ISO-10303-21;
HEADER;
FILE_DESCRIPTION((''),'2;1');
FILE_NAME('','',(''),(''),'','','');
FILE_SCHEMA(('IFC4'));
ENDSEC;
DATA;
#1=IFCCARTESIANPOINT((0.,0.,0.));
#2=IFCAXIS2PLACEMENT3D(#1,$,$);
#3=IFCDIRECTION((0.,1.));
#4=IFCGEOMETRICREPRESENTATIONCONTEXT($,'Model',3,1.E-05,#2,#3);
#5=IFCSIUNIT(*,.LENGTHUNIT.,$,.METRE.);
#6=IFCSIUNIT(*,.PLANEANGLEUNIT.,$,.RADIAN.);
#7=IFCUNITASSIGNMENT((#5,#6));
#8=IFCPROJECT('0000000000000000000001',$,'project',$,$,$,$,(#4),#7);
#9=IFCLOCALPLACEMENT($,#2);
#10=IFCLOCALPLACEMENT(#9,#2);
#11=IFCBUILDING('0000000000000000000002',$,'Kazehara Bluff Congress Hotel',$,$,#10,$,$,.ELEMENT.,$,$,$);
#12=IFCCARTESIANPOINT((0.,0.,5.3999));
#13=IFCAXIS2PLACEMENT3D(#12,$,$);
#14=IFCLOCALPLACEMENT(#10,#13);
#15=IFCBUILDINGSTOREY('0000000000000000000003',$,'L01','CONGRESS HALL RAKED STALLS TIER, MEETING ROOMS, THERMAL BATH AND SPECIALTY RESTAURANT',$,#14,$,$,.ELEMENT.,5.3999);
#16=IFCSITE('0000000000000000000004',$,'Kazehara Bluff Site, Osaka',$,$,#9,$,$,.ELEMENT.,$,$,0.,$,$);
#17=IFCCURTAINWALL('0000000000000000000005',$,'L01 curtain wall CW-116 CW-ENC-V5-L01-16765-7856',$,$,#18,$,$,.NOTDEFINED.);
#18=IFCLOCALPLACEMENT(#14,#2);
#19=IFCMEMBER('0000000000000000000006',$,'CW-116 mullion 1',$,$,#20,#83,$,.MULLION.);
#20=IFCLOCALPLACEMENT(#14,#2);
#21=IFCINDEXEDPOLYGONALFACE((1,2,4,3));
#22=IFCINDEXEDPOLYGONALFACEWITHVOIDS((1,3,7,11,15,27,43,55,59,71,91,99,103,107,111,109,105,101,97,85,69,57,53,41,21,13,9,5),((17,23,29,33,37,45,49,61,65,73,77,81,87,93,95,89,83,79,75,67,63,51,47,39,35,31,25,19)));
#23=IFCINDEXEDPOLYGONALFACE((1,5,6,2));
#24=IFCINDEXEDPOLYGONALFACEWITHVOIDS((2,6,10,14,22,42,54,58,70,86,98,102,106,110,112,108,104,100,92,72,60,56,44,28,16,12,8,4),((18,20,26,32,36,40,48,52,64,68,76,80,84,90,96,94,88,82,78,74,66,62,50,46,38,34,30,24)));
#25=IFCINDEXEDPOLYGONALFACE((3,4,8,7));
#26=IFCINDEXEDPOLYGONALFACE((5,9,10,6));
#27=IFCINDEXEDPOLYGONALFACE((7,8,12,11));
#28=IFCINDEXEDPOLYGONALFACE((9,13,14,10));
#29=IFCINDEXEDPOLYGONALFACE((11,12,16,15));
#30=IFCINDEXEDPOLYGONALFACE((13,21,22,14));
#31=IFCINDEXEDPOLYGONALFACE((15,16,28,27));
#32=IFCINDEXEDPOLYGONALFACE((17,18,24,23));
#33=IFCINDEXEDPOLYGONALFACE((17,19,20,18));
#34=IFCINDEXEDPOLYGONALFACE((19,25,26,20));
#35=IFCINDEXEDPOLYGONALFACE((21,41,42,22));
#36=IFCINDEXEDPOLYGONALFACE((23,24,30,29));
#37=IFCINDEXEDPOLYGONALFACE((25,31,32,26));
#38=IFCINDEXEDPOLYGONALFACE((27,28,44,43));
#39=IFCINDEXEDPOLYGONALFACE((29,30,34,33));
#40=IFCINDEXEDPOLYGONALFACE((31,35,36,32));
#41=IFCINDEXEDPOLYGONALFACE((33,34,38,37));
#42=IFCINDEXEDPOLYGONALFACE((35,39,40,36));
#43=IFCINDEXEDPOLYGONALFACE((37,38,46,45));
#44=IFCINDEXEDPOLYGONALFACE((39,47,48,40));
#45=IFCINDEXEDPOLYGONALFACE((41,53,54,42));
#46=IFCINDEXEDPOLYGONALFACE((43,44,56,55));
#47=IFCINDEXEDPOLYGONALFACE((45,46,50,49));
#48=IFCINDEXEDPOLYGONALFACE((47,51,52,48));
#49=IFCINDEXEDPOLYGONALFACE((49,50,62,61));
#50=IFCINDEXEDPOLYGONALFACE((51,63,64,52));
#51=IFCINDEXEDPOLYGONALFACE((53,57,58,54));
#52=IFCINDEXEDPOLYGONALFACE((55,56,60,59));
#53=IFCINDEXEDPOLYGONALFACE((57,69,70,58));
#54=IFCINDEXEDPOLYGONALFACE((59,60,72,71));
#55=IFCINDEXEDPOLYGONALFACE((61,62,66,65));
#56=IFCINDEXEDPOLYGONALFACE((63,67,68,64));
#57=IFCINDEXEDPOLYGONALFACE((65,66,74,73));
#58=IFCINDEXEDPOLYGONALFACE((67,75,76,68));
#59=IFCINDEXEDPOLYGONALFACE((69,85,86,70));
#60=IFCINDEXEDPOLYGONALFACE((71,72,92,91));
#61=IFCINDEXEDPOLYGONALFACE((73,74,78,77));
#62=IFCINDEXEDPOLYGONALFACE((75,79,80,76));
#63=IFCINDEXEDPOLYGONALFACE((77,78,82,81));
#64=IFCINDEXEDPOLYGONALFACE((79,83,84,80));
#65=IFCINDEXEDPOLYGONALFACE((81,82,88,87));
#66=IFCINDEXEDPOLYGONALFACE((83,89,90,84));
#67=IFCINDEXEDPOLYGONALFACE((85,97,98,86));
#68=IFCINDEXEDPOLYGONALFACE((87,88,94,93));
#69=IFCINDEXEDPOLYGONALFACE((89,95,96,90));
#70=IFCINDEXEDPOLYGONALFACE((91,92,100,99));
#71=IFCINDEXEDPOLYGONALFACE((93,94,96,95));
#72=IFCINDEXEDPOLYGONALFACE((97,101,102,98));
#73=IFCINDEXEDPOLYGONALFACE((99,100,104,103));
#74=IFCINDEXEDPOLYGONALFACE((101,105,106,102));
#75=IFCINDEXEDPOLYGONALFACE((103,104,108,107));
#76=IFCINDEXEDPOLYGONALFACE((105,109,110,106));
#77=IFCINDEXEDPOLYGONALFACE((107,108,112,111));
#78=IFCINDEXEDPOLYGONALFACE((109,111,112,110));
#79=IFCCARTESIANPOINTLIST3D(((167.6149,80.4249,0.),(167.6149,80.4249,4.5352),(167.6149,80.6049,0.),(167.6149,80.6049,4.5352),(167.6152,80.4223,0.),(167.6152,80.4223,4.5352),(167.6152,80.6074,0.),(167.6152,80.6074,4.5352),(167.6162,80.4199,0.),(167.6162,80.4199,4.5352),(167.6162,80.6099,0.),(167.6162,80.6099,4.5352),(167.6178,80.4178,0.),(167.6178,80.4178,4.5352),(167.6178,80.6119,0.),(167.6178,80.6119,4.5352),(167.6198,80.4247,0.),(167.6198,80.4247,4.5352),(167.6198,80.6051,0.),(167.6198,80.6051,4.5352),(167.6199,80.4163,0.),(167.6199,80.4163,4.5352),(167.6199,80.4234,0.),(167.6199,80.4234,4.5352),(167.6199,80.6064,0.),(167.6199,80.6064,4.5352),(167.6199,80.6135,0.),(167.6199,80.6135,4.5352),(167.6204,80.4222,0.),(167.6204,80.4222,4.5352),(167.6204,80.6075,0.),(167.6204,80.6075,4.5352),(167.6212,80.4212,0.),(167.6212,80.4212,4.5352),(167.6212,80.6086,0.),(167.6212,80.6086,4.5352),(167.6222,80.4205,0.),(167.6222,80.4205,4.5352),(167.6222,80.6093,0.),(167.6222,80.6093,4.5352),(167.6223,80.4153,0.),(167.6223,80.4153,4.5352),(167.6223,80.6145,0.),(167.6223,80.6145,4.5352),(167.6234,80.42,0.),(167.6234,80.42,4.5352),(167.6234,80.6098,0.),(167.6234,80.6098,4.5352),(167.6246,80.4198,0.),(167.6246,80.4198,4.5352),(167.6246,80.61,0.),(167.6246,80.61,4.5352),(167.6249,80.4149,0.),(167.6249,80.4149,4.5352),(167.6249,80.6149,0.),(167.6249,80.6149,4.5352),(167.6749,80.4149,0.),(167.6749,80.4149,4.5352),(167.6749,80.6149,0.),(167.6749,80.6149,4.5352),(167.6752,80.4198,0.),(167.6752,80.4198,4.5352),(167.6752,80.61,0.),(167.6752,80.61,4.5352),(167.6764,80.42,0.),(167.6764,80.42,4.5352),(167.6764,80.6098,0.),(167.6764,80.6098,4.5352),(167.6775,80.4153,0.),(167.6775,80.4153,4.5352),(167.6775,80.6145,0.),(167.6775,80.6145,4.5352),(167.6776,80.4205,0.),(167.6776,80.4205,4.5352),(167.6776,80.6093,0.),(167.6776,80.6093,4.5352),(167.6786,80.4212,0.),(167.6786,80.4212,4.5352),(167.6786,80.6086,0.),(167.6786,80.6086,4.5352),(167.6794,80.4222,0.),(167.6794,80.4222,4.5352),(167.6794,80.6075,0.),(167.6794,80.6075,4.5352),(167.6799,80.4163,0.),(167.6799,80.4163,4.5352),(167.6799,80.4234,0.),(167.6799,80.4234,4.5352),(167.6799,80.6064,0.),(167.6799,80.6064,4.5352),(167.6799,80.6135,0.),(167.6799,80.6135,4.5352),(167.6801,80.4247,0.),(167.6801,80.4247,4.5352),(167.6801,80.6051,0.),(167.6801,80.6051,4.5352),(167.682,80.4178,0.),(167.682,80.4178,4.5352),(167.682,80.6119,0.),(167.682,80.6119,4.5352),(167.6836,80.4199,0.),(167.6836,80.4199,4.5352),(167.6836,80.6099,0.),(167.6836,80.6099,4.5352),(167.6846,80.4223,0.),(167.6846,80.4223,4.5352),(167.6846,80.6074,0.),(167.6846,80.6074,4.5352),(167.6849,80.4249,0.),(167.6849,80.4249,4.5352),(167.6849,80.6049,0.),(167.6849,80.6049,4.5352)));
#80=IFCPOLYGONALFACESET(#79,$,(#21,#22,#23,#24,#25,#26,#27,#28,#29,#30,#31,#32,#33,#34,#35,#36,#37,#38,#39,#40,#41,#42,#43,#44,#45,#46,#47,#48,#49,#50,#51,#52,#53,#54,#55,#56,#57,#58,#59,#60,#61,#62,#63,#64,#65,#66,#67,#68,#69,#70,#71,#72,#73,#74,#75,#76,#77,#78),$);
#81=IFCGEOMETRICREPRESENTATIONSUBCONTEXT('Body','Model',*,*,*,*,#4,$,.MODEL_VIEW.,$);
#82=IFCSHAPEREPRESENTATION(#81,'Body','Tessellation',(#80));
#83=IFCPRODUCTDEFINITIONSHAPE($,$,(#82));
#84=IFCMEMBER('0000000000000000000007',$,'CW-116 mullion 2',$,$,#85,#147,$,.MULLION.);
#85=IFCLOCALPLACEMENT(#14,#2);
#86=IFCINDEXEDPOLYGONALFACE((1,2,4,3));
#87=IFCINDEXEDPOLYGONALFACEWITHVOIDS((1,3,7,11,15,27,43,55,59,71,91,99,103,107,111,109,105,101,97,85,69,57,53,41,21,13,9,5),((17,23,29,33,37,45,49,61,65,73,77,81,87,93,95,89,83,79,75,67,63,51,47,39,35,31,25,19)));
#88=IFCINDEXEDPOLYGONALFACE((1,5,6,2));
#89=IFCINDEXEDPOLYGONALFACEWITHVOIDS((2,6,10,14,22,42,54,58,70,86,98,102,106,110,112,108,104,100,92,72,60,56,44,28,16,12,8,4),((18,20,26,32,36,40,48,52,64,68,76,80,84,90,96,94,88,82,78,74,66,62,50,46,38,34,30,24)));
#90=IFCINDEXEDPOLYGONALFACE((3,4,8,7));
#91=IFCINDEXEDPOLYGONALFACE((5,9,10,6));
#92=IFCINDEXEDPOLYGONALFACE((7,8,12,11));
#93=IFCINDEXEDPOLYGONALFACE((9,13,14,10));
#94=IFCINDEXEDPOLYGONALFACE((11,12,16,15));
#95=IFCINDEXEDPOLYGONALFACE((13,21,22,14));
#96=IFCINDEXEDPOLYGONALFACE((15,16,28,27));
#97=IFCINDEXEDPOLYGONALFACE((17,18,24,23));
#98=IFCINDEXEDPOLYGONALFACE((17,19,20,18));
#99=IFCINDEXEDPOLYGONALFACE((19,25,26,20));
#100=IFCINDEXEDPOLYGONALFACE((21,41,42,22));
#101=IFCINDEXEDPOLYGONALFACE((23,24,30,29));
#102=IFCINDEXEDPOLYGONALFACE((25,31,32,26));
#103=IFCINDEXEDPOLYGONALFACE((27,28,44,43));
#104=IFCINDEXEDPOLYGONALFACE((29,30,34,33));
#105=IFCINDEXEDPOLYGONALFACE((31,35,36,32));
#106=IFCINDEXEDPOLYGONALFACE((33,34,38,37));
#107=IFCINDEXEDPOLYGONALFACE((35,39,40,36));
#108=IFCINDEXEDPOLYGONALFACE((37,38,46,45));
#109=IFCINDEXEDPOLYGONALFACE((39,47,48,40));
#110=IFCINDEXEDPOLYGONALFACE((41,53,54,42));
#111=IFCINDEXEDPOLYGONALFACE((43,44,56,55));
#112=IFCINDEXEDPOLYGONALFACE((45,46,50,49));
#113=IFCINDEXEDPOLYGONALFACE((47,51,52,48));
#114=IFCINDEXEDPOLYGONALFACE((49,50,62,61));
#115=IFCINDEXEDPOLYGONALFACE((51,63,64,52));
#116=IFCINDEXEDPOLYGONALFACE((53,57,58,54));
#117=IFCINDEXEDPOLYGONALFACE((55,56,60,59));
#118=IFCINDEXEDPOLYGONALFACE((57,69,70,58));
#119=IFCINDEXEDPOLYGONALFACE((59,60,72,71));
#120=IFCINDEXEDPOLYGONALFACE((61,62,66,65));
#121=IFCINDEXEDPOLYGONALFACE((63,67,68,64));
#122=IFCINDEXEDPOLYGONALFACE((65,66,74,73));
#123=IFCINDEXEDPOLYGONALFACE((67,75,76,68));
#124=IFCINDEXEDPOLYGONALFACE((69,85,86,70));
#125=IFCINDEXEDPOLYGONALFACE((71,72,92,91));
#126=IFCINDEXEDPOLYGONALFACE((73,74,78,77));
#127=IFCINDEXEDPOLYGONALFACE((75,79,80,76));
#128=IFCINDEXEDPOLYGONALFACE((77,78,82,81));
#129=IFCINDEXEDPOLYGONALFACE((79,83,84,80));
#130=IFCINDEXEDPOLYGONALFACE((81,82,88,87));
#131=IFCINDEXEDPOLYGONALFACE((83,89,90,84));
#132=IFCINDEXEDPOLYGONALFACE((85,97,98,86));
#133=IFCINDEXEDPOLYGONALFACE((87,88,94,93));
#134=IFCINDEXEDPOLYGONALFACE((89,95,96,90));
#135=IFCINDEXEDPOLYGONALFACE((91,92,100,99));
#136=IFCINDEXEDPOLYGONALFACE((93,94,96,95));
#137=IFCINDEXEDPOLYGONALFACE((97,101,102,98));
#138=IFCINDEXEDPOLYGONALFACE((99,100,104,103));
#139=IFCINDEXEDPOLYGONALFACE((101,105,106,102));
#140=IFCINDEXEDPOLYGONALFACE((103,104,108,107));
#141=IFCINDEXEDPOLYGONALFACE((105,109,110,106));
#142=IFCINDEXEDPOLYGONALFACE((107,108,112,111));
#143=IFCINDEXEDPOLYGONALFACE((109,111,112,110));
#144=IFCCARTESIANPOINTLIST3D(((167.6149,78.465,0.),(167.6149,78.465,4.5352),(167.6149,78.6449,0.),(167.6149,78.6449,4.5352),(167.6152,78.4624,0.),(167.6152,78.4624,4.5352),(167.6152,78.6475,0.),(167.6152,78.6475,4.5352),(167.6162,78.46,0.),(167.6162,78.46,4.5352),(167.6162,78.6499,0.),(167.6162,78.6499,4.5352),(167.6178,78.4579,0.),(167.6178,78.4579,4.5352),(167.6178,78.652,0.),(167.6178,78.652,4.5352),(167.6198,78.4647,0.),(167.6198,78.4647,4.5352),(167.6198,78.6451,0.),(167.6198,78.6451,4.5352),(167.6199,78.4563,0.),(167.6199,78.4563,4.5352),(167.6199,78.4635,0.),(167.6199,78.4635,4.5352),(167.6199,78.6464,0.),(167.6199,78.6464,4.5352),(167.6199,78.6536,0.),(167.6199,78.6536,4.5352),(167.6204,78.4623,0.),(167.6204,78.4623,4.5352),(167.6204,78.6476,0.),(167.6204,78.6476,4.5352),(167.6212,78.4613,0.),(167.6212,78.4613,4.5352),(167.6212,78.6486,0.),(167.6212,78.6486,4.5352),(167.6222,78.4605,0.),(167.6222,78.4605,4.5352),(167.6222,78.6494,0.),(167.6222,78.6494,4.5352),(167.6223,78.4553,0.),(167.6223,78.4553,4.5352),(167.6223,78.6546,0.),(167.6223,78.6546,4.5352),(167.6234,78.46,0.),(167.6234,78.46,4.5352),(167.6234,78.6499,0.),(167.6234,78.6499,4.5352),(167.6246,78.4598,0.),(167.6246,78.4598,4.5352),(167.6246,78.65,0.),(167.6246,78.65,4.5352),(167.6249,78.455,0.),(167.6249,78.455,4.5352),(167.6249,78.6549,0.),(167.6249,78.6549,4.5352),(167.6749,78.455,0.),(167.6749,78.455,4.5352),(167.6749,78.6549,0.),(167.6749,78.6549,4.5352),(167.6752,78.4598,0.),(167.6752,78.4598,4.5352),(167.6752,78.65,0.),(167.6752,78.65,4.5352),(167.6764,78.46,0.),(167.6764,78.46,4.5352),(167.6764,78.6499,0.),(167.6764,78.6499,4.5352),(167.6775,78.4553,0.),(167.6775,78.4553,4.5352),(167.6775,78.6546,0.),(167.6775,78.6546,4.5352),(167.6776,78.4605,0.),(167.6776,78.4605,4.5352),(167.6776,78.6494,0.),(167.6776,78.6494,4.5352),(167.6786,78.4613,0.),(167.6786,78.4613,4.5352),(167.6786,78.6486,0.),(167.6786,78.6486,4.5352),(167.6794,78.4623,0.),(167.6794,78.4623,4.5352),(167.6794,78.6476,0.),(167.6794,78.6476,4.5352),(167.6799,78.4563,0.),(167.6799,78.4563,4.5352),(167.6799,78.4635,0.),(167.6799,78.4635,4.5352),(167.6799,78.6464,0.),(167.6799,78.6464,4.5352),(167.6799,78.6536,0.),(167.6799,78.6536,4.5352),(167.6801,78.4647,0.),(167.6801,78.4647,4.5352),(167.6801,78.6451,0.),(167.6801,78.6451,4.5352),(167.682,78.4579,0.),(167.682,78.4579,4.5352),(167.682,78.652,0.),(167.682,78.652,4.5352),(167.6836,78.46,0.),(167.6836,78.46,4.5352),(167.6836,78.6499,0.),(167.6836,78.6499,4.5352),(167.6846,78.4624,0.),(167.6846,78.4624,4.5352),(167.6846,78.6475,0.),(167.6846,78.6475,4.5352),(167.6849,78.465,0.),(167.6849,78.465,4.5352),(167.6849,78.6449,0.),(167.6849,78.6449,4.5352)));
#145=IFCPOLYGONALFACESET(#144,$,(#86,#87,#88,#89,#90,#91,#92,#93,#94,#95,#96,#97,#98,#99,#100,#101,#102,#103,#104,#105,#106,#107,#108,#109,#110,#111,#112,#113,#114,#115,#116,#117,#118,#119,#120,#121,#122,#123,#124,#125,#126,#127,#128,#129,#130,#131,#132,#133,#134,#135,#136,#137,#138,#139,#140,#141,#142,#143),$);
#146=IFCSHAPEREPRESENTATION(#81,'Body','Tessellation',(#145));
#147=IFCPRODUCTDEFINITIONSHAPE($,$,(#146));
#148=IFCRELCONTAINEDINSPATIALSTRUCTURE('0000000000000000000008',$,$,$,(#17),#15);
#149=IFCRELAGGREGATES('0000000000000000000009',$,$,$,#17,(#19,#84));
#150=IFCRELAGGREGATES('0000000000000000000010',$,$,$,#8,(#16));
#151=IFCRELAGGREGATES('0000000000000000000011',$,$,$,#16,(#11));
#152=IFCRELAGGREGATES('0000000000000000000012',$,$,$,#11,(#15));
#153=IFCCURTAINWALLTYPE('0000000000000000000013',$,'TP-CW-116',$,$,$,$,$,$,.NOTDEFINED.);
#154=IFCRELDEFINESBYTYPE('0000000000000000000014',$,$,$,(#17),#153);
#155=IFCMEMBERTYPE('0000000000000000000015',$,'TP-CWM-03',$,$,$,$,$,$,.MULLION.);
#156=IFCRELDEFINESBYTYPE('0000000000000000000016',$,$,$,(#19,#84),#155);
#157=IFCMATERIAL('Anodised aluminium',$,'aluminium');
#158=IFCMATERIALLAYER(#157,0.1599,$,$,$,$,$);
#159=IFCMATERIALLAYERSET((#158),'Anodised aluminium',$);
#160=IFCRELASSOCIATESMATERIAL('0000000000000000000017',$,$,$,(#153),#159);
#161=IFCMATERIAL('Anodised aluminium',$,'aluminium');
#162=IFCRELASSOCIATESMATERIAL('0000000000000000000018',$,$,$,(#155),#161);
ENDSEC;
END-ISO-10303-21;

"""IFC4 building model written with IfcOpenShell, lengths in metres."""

from ifc_helpers import new_model, si_unit, direction, frame, origin, origin_2d, place, context, subcontext, project, spatial, hollow_rectangle, extrude, material, layer, layer_set, material_profile, profile_set, type_object, element, aggregate, save


model = new_model("IFC4")

# Units and contexts
model_context = context("Model", 3, precision=1e-05, world=origin(), true_north=direction((0.0, 1.0)))
body_context = subcontext(model_context, "Body", "Model", "MODEL_VIEW")
ifc_project = project(units=[si_unit("LENGTHUNIT", "METRE"), si_unit("PLANEANGLEUNIT", "RADIAN")], contexts=[model_context])

# Site, building, storey
site_placement = place(None, origin())
site = spatial("IfcSite", under=ifc_project, at=site_placement, Name="Kazehara Bluff Site, Osaka", CompositionType="ELEMENT", RefElevation=0.0)
building_placement = place(site_placement, origin())
building = spatial("IfcBuilding", under=site, at=building_placement, Name="Kazehara Bluff Congress Hotel", CompositionType="ELEMENT")
storey_placement = place(building_placement, frame((0.0, 0.0, 5.3999)))
storey = spatial("IfcBuildingStorey", under=building, at=storey_placement, Name="L01", Description="CONGRESS HALL RAKED STALLS TIER, MEETING ROOMS, THERMAL BATH AND SPECIALTY RESTAURANT", CompositionType="ELEMENT", Elevation=5.3999)

# Curtain wall, members
ifc_material_1 = material(Name="Anodised aluminium", Category="aluminium")
ifc_layer_1 = layer(ifc_material_1, 0.1599)
ifc_layer_set_1 = layer_set([ifc_layer_1], Name="Anodised aluminium")
curtain_wall_type_1 = type_object("IfcCurtainWallType", Name="TP-CW-116", PredefinedType="NOTDEFINED", material=ifc_layer_set_1)
curtain_wall_1_placement = place(storey_placement, origin())
curtain_wall_1 = element("IfcCurtainWall", 1, at=curtain_wall_1_placement, inside=storey, type_object=curtain_wall_type_1, Name="L01 curtain wall CW-116 CW-ENC-V5-L01-16765-7856", PredefinedType="NOTDEFINED")
ifc_material_2 = material(Name="Anodised aluminium", Category="aluminium")
ifc_material_profile_1 = material_profile(ifc_material_2, hollow_rectangle(XDim=0.0701, YDim=0.2, WallThickness=0.0049, InnerFilletRadius=0.0049, OuterFilletRadius=0.01, at=origin_2d()))
ifc_profile_set_1 = profile_set([ifc_material_profile_1], Name="Anodised aluminium")
member_type_1 = type_object("IfcMemberType", Name="TP-CWM-03", PredefinedType="MULLION", material=ifc_profile_set_1)
member_1_placement = place(storey_placement, frame((167.6499, 80.5149, 0.0), z_axis=(0.0, 0.0, 1.0), x_axis=(1.0, 0.0, 0.0)))
member_1 = element("IfcMember", 2, at=member_1_placement, type_object=member_type_1, Name="CW-116 mullion 1", PredefinedType="MULLION", context=body_context, shape_type="SweptSolid", body=[
    extrude(hollow_rectangle(XDim=0.0701, YDim=0.2, WallThickness=0.0049, InnerFilletRadius=0.0049, OuterFilletRadius=0.01, at=origin_2d()), origin(), (0.0, 0.0, 1.0), 4.5352),
])
member_2_placement = place(storey_placement, frame((167.6499, 78.5549, 0.0), z_axis=(0.0, 0.0, 1.0), x_axis=(1.0, 0.0, 0.0)))
member_2 = element("IfcMember", 3, at=member_2_placement, type_object=member_type_1, Name="CW-116 mullion 2", PredefinedType="MULLION", context=body_context, shape_type="SweptSolid", body=[
    extrude(hollow_rectangle(XDim=0.0701, YDim=0.2, WallThickness=0.0049, InnerFilletRadius=0.0049, OuterFilletRadius=0.01, at=origin_2d()), origin(), (0.0, 0.0, 1.0), 4.5352),
])

aggregate(curtain_wall_1, [member_1, member_2])

save(model, "model.ifc")
